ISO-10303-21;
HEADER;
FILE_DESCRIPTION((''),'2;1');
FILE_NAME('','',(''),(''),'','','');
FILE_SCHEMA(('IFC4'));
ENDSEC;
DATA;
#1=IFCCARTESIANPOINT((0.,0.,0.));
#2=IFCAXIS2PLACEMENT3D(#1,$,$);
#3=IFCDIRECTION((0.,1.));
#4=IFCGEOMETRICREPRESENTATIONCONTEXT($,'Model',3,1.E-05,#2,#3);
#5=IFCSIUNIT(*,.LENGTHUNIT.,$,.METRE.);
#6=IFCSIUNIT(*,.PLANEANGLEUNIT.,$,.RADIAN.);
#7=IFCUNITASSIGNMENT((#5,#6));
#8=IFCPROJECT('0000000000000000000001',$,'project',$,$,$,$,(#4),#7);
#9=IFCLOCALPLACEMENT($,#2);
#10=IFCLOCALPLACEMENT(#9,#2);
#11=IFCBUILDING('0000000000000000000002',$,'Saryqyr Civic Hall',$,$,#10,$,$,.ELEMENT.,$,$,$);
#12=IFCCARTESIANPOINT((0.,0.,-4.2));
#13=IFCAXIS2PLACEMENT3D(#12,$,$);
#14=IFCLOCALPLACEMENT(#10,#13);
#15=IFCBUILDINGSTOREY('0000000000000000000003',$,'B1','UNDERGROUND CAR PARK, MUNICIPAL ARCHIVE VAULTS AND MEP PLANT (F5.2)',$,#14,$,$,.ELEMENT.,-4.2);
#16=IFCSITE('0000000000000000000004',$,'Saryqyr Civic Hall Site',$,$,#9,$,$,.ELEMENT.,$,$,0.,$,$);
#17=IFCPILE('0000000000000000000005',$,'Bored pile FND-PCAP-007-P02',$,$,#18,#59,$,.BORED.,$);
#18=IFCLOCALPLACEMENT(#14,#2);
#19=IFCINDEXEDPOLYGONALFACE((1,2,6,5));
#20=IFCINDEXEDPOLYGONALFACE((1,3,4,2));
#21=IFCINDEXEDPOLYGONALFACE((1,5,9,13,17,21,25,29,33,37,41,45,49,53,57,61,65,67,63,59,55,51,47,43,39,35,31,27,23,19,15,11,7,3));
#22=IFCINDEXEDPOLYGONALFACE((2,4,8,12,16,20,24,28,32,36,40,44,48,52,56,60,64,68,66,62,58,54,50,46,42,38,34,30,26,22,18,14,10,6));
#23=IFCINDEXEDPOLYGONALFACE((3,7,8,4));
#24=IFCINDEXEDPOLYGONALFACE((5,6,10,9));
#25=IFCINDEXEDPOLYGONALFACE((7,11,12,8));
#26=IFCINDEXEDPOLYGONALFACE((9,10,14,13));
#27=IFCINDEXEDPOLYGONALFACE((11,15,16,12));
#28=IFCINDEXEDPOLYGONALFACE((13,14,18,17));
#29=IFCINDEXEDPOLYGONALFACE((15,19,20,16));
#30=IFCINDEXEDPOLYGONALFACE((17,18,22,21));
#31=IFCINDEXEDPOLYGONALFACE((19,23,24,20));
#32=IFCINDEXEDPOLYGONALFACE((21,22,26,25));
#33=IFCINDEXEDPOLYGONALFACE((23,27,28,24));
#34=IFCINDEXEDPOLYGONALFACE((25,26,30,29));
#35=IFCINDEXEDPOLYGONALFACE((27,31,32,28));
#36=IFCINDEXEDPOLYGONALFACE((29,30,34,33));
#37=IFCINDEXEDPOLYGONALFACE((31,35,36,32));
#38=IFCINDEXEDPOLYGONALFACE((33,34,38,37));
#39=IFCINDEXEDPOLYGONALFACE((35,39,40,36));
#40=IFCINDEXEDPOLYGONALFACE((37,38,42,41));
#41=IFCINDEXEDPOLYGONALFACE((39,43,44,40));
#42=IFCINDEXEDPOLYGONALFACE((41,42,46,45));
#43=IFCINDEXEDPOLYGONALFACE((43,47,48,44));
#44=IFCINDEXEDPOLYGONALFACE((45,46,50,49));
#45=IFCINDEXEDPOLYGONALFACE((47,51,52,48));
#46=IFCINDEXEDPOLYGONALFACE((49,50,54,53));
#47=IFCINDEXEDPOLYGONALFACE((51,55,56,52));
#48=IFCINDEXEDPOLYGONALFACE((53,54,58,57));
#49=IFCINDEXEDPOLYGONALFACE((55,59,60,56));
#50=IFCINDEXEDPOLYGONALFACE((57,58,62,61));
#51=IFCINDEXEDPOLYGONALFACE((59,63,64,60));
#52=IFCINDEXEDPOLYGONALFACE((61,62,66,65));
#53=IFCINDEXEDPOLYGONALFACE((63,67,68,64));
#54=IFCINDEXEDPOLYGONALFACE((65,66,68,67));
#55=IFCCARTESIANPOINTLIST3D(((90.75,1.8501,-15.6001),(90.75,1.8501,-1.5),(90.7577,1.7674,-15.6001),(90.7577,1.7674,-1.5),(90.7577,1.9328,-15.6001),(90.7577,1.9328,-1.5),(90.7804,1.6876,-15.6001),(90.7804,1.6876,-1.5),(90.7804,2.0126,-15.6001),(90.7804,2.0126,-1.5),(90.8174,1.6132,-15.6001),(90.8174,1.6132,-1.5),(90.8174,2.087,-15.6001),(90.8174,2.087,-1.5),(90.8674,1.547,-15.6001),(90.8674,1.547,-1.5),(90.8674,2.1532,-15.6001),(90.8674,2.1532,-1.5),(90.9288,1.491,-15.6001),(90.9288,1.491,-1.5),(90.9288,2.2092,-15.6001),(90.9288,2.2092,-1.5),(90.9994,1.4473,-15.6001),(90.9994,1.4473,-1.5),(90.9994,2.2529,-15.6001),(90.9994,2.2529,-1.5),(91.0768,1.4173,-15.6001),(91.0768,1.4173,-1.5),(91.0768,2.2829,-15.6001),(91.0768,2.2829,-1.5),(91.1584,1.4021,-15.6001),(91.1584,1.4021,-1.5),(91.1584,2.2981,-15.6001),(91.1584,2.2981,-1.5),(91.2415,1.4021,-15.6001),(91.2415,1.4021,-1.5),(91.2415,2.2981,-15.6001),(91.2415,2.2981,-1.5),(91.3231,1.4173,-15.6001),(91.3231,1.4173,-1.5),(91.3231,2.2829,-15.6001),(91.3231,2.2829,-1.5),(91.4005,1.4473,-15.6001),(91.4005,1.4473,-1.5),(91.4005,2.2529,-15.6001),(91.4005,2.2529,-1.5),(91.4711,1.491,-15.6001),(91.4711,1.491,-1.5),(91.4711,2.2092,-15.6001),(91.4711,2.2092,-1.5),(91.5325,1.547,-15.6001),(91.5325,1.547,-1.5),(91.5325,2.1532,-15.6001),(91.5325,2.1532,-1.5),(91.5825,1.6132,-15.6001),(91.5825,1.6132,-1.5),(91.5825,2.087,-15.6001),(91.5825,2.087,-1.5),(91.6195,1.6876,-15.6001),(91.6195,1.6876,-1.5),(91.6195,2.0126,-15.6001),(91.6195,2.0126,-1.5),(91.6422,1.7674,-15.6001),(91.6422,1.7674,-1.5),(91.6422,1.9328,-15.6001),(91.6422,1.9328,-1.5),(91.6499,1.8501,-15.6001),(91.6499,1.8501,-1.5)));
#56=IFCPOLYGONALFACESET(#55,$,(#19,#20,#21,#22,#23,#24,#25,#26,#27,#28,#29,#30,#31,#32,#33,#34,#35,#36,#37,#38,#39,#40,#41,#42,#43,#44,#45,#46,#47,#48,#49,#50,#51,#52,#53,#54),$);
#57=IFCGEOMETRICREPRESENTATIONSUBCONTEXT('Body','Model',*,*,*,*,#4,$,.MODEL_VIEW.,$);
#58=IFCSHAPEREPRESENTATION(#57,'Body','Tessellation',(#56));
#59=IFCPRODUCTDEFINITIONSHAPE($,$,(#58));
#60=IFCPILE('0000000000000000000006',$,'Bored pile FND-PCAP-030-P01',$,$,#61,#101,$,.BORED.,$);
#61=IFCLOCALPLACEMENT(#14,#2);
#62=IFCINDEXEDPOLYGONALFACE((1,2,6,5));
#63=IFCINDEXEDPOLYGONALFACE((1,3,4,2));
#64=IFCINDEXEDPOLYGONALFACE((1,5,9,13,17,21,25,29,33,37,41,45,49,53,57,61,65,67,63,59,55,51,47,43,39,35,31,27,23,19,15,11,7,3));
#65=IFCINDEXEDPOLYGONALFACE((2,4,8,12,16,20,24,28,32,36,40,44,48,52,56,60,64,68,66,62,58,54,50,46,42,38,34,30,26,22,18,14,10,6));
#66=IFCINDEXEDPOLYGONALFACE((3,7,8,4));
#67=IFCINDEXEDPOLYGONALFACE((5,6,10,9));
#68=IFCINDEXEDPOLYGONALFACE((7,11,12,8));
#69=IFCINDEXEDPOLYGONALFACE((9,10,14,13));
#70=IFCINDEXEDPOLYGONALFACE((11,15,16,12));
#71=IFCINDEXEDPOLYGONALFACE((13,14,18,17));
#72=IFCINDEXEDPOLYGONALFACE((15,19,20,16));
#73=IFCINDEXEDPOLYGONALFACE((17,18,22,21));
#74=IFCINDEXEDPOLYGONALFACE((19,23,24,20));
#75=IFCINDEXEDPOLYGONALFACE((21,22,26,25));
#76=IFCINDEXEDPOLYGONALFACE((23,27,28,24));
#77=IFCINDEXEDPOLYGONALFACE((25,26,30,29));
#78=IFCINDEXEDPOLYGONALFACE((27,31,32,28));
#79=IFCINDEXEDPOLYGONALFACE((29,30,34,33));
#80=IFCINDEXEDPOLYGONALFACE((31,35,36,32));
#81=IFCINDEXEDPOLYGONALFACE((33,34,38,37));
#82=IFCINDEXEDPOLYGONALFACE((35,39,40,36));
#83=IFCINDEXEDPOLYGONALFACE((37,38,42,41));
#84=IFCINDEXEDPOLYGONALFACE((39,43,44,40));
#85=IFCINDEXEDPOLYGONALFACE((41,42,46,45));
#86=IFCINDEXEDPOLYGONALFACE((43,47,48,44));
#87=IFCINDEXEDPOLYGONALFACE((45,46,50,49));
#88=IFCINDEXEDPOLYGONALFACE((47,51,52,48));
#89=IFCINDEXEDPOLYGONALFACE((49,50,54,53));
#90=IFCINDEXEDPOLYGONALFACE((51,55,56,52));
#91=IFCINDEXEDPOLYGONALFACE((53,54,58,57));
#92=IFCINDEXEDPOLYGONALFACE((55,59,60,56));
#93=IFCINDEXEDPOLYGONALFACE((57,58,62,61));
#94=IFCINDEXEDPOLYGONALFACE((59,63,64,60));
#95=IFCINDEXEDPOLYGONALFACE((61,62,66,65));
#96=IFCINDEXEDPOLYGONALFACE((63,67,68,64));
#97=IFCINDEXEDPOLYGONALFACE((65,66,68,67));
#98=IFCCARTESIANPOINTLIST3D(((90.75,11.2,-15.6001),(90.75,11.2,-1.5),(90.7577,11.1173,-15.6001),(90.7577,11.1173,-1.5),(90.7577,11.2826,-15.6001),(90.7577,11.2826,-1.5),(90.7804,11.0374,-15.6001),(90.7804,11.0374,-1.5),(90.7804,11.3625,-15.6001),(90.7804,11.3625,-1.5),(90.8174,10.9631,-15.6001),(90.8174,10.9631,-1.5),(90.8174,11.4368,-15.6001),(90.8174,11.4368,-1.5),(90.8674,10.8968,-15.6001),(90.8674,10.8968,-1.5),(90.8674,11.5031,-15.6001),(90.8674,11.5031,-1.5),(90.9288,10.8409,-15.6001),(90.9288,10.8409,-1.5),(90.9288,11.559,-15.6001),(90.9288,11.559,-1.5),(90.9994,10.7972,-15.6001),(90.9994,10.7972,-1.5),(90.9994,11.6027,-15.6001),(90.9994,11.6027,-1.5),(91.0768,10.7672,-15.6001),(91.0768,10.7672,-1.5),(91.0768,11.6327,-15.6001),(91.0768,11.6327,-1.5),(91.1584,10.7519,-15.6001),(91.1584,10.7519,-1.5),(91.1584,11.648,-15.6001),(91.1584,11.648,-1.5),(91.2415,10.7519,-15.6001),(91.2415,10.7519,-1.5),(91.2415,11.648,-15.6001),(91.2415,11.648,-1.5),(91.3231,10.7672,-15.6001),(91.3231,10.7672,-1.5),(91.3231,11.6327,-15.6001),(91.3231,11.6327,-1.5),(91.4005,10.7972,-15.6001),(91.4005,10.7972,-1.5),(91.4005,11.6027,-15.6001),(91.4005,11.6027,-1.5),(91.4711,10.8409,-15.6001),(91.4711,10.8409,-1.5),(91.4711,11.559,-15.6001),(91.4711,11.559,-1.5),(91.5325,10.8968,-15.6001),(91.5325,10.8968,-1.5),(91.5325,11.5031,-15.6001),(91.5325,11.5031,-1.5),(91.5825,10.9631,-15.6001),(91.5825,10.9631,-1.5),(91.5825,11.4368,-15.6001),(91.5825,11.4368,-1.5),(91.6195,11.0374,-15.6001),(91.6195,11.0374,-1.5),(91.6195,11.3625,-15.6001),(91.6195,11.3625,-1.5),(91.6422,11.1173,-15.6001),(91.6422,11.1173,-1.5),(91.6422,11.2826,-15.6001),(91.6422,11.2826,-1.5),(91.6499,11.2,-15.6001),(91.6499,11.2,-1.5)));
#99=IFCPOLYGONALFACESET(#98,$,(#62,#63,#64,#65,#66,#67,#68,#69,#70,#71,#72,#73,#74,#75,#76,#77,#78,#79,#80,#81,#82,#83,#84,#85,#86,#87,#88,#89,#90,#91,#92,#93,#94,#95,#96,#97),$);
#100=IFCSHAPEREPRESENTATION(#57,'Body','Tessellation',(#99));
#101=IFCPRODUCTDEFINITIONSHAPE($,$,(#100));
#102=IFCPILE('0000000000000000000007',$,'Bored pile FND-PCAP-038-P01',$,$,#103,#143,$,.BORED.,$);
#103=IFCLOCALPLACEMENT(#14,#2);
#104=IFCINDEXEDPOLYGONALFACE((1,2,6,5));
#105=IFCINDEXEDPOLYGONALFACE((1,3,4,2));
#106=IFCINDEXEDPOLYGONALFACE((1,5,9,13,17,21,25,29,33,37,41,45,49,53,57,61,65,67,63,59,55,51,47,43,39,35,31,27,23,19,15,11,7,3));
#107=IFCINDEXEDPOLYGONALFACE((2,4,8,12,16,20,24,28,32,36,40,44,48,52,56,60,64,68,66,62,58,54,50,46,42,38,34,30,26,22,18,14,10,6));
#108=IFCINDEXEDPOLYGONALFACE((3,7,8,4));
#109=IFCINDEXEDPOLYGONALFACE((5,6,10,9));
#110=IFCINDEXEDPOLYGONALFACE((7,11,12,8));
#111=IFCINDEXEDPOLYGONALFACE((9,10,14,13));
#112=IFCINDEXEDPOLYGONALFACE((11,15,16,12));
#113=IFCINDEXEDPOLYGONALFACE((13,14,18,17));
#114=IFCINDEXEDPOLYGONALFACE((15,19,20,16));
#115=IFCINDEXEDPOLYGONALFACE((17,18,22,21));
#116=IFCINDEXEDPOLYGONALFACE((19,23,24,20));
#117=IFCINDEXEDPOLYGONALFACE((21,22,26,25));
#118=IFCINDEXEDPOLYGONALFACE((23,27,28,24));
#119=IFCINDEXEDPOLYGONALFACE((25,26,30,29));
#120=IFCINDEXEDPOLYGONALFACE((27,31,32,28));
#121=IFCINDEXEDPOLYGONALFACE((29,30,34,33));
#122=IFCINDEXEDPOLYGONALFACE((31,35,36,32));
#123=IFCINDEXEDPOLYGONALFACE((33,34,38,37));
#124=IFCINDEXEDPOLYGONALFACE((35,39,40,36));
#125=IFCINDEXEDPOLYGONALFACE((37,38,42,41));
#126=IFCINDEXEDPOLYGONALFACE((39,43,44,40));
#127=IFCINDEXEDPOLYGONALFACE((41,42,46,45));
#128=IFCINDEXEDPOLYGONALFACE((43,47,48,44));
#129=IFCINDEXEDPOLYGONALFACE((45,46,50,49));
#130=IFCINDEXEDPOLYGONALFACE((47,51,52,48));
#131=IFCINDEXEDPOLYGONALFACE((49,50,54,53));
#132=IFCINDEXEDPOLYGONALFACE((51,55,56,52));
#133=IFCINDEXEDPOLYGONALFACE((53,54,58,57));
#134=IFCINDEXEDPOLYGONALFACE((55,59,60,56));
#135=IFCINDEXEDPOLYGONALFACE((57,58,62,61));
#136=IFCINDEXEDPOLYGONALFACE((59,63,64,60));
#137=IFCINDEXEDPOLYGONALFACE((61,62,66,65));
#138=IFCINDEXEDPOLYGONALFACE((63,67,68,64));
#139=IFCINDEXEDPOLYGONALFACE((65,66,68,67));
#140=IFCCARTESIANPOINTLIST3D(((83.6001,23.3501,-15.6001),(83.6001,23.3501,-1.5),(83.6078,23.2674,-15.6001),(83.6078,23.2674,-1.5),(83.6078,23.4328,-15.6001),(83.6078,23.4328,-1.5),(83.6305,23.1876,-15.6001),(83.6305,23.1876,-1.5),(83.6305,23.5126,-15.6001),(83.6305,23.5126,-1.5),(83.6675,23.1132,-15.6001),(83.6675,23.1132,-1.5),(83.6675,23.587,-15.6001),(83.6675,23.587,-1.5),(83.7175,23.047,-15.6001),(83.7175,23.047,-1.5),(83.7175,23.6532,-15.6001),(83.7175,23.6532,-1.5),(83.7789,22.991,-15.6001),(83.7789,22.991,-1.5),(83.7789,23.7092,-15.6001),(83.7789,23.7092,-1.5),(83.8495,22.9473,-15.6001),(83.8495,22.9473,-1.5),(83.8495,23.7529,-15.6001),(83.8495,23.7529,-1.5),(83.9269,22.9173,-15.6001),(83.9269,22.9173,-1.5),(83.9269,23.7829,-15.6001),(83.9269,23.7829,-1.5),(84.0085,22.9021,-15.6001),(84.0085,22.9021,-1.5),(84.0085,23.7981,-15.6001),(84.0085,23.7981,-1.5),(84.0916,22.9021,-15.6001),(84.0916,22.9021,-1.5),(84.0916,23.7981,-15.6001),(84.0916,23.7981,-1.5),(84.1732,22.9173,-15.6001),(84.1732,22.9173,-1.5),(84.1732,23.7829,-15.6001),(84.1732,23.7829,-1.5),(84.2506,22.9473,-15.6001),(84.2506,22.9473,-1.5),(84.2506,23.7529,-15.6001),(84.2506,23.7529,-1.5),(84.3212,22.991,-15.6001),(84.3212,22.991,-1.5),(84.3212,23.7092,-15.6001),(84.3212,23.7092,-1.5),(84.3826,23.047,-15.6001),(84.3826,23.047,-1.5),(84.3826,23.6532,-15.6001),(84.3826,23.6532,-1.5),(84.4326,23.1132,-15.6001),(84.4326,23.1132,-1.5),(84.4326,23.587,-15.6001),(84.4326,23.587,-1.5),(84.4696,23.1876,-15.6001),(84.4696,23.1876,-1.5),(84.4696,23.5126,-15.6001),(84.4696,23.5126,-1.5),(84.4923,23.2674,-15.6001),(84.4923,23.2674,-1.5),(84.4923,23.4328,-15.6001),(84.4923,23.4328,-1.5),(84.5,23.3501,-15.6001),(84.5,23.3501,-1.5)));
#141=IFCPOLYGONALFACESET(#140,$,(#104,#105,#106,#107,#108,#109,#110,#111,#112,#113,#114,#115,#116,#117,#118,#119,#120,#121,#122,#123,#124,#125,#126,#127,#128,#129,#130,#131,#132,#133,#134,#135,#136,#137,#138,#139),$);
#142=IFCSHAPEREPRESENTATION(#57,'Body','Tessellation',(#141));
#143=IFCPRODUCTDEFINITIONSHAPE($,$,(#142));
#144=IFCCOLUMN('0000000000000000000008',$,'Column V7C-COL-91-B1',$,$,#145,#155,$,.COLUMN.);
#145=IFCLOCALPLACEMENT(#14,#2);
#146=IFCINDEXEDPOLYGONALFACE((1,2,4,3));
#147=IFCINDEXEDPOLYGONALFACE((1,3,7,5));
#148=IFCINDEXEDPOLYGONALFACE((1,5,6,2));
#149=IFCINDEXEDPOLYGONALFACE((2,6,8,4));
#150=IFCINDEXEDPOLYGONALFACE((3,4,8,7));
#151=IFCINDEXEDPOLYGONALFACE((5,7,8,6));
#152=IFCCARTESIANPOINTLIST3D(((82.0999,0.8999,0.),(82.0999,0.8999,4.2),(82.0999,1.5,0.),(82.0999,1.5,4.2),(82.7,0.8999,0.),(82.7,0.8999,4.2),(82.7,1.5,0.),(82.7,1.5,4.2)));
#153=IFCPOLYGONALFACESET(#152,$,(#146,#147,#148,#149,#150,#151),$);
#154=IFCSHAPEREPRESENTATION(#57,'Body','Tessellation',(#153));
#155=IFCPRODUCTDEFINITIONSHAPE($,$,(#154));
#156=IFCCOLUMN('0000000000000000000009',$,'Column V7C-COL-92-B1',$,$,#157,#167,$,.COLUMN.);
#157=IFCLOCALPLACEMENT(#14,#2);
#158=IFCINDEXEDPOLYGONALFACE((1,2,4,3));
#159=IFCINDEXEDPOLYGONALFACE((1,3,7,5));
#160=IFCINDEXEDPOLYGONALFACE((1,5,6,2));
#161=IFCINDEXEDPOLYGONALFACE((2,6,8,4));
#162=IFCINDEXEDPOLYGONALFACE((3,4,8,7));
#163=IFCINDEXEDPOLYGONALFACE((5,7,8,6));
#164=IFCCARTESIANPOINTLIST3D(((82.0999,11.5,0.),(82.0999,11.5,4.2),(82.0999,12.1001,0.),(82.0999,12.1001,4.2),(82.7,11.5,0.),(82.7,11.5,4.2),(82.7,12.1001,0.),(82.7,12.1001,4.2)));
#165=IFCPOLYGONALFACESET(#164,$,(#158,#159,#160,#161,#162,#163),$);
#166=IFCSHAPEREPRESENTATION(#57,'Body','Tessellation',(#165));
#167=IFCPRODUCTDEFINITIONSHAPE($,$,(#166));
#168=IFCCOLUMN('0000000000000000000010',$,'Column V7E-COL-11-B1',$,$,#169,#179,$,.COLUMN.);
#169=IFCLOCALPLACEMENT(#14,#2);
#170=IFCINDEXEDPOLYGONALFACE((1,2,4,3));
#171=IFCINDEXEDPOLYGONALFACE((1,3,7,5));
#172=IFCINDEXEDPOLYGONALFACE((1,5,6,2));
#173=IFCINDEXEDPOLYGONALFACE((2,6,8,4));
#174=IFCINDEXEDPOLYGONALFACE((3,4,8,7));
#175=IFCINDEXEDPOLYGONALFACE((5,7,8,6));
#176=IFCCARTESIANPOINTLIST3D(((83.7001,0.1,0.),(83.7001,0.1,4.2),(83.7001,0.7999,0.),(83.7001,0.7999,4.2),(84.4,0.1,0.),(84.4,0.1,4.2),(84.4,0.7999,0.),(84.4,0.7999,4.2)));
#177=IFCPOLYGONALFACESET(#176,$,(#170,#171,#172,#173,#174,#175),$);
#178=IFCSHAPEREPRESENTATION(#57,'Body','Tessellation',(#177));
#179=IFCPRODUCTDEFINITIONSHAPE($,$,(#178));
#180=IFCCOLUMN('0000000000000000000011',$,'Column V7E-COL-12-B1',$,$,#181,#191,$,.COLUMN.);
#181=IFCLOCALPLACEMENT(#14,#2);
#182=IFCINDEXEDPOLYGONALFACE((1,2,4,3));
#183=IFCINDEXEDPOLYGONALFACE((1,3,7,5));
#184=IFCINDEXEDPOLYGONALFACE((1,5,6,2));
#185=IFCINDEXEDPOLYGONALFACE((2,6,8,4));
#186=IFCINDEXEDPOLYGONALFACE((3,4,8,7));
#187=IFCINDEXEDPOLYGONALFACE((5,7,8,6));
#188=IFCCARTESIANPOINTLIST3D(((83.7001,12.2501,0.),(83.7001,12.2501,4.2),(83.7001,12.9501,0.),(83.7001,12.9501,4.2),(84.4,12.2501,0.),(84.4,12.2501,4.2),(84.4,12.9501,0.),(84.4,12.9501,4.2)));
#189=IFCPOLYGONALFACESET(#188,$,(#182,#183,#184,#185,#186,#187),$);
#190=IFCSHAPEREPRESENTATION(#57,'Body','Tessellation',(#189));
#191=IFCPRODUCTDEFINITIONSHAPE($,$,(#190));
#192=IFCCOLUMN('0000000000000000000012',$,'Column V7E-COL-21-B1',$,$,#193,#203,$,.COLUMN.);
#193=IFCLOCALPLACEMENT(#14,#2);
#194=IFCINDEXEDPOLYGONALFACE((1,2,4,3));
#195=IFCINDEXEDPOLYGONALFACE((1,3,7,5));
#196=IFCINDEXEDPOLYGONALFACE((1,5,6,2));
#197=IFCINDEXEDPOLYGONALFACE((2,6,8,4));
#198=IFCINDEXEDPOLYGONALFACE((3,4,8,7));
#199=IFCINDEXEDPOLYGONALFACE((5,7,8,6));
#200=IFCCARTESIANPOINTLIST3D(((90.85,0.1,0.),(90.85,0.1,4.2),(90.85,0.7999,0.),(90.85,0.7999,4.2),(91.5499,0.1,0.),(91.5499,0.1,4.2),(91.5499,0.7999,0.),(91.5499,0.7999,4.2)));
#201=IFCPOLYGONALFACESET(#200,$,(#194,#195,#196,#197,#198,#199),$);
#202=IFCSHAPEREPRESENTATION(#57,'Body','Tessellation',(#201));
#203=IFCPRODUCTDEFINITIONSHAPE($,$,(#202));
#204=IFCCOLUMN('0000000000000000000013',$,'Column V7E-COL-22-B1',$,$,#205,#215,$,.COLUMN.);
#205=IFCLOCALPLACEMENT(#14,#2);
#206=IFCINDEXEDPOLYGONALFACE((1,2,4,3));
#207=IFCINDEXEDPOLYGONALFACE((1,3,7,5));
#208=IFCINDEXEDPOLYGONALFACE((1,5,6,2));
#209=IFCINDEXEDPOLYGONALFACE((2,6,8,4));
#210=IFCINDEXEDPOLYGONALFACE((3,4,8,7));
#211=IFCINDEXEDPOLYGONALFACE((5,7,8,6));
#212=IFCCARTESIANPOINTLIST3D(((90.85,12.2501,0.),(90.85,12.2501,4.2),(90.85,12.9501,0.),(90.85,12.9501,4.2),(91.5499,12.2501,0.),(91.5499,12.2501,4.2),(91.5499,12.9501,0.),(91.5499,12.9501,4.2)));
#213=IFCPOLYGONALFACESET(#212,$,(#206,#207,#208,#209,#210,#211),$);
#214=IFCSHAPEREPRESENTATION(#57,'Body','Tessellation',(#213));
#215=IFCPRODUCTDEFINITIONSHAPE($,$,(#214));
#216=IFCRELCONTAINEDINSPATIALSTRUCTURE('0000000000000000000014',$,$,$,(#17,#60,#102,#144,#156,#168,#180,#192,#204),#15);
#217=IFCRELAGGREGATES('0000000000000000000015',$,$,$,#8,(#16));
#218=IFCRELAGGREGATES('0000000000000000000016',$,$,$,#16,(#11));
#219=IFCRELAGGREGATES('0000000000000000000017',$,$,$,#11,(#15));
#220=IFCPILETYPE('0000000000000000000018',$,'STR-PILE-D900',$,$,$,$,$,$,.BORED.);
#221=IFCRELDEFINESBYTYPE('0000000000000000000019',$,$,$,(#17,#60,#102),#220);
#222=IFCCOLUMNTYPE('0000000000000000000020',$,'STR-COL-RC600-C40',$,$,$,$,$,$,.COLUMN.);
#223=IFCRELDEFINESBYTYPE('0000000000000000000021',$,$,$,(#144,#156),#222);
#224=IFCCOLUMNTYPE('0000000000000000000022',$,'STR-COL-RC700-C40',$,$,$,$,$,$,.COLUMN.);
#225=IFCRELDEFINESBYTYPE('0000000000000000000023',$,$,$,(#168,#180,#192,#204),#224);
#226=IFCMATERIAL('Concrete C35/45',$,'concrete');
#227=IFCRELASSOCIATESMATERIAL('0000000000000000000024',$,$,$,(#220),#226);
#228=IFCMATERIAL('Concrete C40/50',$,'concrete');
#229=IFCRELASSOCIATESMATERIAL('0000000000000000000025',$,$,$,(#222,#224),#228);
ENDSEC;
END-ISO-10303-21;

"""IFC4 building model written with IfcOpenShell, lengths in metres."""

from ifc_helpers import new_model, si_unit, direction, frame, origin, origin_2d, place, context, subcontext, project, spatial, rectangle, circle, extrude, material, material_profile, profile_set, type_object, element, save


model = new_model("IFC4")

# Units and contexts
model_context = context("Model", 3, precision=1e-05, world=origin(), true_north=direction((0.0, 1.0)))
body_context = subcontext(model_context, "Body", "Model", "MODEL_VIEW")
ifc_project = project(units=[si_unit("LENGTHUNIT", "METRE"), si_unit("PLANEANGLEUNIT", "RADIAN")], contexts=[model_context])

# Site, building, storey
site_placement = place(None, origin())
site = spatial("IfcSite", under=ifc_project, at=site_placement, Name="Saryqyr Civic Hall Site", CompositionType="ELEMENT", RefElevation=0.0)
building_placement = place(site_placement, origin())
building = spatial("IfcBuilding", under=site, at=building_placement, Name="Saryqyr Civic Hall", CompositionType="ELEMENT")
storey_placement = place(building_placement, frame((0.0, 0.0, -4.2)))
storey = spatial("IfcBuildingStorey", under=building, at=storey_placement, Name="B1", Description="UNDERGROUND CAR PARK, MUNICIPAL ARCHIVE VAULTS AND MEP PLANT (F5.2)", CompositionType="ELEMENT", Elevation=-4.2)

# Shared definitions
ifc_material_1 = material(Name="Concrete C35/45", Category="concrete")

# Piles
ifc_material_profile_1 = material_profile(ifc_material_1, circle(Radius=0.45, at=origin_2d()), Name="BORED PILE D900")
ifc_profile_set_1 = profile_set([ifc_material_profile_1], Name="Concrete C35/45")
pile_type_1 = type_object("IfcPileType", Name="STR-PILE-D900", PredefinedType="BORED", material=ifc_profile_set_1)
for number, where, z_axis, x_axis, name in (
    (1, (91.2, 1.8501, -1.5), (0.0, 0.0, -1.0), (1.0, 0.0, 0.0), "Bored pile FND-PCAP-007-P02"),
    (2, (91.2, 11.2, -1.5), (0.0, 0.0, -1.0), (1.0, 0.0, 0.0), "Bored pile FND-PCAP-030-P01"),
    (3, (84.05, 23.3501, -1.5), (0.0, 0.0, -1.0), (1.0, 0.0, 0.0), "Bored pile FND-PCAP-038-P01"),
):
    element("IfcPile", number, at=place(storey_placement, frame(where, z_axis=z_axis, x_axis=x_axis)), inside=storey, type_object=pile_type_1, Name=name, PredefinedType="BORED", context=body_context, shape_type="SweptSolid", body=[
        extrude(circle(Radius=0.45, at=origin_2d()), origin(), (0.0, 0.0, 1.0), 14.1001),
    ])

# Columns
ifc_material_2 = material(Name="Concrete C40/50", Category="concrete")
ifc_material_profile_2 = material_profile(ifc_material_2, rectangle(XDim=0.6001, YDim=0.6001, at=origin_2d()), Name="RC 600x600")
ifc_profile_set_2 = profile_set([ifc_material_profile_2], Name="Concrete C40/50")
column_type_1 = type_object("IfcColumnType", Name="STR-COL-RC600-C40", PredefinedType="COLUMN", material=ifc_profile_set_2)
for number, where, z_axis, x_axis, name in (
    (4, (82.3999, 1.2, 0.0), (0.0, 0.0, 1.0), (1.0, 0.0, 0.0), "Column V7C-COL-91-B1"),
    (5, (82.3999, 11.8, 0.0), (0.0, 0.0, 1.0), (1.0, 0.0, 0.0), "Column V7C-COL-92-B1"),
):
    element("IfcColumn", number, at=place(storey_placement, frame(where, z_axis=z_axis, x_axis=x_axis)), inside=storey, type_object=column_type_1, Name=name, PredefinedType="COLUMN", context=body_context, shape_type="SweptSolid", body=[
        extrude(rectangle(XDim=0.6001, YDim=0.6001, at=origin_2d()), origin(), (0.0, 0.0, 1.0), 4.2),
    ])
ifc_material_profile_3 = material_profile(ifc_material_2, rectangle(XDim=0.7, YDim=0.7, at=origin_2d()), Name="RC 700x700")
ifc_profile_set_3 = profile_set([ifc_material_profile_3], Name="Concrete C40/50")
column_type_2 = type_object("IfcColumnType", Name="STR-COL-RC700-C40", PredefinedType="COLUMN", material=ifc_profile_set_3)
for number, where, z_axis, x_axis, name in (
    (6, (84.05, 0.45, 0.0), (0.0, 0.0, 1.0), (1.0, 0.0, 0.0), "Column V7E-COL-11-B1"),
    (7, (84.05, 12.6001, 0.0), (0.0, 0.0, 1.0), (1.0, 0.0, 0.0), "Column V7E-COL-12-B1"),
    (8, (91.2, 0.45, 0.0), (0.0, 0.0, 1.0), (1.0, 0.0, 0.0), "Column V7E-COL-21-B1"),
    (9, (91.2, 12.6001, 0.0), (0.0, 0.0, 1.0), (1.0, 0.0, 0.0), "Column V7E-COL-22-B1"),
):
    element("IfcColumn", number, at=place(storey_placement, frame(where, z_axis=z_axis, x_axis=x_axis)), inside=storey, type_object=column_type_2, Name=name, PredefinedType="COLUMN", context=body_context, shape_type="SweptSolid", body=[
        extrude(rectangle(XDim=0.7, YDim=0.7, at=origin_2d()), origin(), (0.0, 0.0, 1.0), 4.2),
    ])

save(model, "model.ifc")
